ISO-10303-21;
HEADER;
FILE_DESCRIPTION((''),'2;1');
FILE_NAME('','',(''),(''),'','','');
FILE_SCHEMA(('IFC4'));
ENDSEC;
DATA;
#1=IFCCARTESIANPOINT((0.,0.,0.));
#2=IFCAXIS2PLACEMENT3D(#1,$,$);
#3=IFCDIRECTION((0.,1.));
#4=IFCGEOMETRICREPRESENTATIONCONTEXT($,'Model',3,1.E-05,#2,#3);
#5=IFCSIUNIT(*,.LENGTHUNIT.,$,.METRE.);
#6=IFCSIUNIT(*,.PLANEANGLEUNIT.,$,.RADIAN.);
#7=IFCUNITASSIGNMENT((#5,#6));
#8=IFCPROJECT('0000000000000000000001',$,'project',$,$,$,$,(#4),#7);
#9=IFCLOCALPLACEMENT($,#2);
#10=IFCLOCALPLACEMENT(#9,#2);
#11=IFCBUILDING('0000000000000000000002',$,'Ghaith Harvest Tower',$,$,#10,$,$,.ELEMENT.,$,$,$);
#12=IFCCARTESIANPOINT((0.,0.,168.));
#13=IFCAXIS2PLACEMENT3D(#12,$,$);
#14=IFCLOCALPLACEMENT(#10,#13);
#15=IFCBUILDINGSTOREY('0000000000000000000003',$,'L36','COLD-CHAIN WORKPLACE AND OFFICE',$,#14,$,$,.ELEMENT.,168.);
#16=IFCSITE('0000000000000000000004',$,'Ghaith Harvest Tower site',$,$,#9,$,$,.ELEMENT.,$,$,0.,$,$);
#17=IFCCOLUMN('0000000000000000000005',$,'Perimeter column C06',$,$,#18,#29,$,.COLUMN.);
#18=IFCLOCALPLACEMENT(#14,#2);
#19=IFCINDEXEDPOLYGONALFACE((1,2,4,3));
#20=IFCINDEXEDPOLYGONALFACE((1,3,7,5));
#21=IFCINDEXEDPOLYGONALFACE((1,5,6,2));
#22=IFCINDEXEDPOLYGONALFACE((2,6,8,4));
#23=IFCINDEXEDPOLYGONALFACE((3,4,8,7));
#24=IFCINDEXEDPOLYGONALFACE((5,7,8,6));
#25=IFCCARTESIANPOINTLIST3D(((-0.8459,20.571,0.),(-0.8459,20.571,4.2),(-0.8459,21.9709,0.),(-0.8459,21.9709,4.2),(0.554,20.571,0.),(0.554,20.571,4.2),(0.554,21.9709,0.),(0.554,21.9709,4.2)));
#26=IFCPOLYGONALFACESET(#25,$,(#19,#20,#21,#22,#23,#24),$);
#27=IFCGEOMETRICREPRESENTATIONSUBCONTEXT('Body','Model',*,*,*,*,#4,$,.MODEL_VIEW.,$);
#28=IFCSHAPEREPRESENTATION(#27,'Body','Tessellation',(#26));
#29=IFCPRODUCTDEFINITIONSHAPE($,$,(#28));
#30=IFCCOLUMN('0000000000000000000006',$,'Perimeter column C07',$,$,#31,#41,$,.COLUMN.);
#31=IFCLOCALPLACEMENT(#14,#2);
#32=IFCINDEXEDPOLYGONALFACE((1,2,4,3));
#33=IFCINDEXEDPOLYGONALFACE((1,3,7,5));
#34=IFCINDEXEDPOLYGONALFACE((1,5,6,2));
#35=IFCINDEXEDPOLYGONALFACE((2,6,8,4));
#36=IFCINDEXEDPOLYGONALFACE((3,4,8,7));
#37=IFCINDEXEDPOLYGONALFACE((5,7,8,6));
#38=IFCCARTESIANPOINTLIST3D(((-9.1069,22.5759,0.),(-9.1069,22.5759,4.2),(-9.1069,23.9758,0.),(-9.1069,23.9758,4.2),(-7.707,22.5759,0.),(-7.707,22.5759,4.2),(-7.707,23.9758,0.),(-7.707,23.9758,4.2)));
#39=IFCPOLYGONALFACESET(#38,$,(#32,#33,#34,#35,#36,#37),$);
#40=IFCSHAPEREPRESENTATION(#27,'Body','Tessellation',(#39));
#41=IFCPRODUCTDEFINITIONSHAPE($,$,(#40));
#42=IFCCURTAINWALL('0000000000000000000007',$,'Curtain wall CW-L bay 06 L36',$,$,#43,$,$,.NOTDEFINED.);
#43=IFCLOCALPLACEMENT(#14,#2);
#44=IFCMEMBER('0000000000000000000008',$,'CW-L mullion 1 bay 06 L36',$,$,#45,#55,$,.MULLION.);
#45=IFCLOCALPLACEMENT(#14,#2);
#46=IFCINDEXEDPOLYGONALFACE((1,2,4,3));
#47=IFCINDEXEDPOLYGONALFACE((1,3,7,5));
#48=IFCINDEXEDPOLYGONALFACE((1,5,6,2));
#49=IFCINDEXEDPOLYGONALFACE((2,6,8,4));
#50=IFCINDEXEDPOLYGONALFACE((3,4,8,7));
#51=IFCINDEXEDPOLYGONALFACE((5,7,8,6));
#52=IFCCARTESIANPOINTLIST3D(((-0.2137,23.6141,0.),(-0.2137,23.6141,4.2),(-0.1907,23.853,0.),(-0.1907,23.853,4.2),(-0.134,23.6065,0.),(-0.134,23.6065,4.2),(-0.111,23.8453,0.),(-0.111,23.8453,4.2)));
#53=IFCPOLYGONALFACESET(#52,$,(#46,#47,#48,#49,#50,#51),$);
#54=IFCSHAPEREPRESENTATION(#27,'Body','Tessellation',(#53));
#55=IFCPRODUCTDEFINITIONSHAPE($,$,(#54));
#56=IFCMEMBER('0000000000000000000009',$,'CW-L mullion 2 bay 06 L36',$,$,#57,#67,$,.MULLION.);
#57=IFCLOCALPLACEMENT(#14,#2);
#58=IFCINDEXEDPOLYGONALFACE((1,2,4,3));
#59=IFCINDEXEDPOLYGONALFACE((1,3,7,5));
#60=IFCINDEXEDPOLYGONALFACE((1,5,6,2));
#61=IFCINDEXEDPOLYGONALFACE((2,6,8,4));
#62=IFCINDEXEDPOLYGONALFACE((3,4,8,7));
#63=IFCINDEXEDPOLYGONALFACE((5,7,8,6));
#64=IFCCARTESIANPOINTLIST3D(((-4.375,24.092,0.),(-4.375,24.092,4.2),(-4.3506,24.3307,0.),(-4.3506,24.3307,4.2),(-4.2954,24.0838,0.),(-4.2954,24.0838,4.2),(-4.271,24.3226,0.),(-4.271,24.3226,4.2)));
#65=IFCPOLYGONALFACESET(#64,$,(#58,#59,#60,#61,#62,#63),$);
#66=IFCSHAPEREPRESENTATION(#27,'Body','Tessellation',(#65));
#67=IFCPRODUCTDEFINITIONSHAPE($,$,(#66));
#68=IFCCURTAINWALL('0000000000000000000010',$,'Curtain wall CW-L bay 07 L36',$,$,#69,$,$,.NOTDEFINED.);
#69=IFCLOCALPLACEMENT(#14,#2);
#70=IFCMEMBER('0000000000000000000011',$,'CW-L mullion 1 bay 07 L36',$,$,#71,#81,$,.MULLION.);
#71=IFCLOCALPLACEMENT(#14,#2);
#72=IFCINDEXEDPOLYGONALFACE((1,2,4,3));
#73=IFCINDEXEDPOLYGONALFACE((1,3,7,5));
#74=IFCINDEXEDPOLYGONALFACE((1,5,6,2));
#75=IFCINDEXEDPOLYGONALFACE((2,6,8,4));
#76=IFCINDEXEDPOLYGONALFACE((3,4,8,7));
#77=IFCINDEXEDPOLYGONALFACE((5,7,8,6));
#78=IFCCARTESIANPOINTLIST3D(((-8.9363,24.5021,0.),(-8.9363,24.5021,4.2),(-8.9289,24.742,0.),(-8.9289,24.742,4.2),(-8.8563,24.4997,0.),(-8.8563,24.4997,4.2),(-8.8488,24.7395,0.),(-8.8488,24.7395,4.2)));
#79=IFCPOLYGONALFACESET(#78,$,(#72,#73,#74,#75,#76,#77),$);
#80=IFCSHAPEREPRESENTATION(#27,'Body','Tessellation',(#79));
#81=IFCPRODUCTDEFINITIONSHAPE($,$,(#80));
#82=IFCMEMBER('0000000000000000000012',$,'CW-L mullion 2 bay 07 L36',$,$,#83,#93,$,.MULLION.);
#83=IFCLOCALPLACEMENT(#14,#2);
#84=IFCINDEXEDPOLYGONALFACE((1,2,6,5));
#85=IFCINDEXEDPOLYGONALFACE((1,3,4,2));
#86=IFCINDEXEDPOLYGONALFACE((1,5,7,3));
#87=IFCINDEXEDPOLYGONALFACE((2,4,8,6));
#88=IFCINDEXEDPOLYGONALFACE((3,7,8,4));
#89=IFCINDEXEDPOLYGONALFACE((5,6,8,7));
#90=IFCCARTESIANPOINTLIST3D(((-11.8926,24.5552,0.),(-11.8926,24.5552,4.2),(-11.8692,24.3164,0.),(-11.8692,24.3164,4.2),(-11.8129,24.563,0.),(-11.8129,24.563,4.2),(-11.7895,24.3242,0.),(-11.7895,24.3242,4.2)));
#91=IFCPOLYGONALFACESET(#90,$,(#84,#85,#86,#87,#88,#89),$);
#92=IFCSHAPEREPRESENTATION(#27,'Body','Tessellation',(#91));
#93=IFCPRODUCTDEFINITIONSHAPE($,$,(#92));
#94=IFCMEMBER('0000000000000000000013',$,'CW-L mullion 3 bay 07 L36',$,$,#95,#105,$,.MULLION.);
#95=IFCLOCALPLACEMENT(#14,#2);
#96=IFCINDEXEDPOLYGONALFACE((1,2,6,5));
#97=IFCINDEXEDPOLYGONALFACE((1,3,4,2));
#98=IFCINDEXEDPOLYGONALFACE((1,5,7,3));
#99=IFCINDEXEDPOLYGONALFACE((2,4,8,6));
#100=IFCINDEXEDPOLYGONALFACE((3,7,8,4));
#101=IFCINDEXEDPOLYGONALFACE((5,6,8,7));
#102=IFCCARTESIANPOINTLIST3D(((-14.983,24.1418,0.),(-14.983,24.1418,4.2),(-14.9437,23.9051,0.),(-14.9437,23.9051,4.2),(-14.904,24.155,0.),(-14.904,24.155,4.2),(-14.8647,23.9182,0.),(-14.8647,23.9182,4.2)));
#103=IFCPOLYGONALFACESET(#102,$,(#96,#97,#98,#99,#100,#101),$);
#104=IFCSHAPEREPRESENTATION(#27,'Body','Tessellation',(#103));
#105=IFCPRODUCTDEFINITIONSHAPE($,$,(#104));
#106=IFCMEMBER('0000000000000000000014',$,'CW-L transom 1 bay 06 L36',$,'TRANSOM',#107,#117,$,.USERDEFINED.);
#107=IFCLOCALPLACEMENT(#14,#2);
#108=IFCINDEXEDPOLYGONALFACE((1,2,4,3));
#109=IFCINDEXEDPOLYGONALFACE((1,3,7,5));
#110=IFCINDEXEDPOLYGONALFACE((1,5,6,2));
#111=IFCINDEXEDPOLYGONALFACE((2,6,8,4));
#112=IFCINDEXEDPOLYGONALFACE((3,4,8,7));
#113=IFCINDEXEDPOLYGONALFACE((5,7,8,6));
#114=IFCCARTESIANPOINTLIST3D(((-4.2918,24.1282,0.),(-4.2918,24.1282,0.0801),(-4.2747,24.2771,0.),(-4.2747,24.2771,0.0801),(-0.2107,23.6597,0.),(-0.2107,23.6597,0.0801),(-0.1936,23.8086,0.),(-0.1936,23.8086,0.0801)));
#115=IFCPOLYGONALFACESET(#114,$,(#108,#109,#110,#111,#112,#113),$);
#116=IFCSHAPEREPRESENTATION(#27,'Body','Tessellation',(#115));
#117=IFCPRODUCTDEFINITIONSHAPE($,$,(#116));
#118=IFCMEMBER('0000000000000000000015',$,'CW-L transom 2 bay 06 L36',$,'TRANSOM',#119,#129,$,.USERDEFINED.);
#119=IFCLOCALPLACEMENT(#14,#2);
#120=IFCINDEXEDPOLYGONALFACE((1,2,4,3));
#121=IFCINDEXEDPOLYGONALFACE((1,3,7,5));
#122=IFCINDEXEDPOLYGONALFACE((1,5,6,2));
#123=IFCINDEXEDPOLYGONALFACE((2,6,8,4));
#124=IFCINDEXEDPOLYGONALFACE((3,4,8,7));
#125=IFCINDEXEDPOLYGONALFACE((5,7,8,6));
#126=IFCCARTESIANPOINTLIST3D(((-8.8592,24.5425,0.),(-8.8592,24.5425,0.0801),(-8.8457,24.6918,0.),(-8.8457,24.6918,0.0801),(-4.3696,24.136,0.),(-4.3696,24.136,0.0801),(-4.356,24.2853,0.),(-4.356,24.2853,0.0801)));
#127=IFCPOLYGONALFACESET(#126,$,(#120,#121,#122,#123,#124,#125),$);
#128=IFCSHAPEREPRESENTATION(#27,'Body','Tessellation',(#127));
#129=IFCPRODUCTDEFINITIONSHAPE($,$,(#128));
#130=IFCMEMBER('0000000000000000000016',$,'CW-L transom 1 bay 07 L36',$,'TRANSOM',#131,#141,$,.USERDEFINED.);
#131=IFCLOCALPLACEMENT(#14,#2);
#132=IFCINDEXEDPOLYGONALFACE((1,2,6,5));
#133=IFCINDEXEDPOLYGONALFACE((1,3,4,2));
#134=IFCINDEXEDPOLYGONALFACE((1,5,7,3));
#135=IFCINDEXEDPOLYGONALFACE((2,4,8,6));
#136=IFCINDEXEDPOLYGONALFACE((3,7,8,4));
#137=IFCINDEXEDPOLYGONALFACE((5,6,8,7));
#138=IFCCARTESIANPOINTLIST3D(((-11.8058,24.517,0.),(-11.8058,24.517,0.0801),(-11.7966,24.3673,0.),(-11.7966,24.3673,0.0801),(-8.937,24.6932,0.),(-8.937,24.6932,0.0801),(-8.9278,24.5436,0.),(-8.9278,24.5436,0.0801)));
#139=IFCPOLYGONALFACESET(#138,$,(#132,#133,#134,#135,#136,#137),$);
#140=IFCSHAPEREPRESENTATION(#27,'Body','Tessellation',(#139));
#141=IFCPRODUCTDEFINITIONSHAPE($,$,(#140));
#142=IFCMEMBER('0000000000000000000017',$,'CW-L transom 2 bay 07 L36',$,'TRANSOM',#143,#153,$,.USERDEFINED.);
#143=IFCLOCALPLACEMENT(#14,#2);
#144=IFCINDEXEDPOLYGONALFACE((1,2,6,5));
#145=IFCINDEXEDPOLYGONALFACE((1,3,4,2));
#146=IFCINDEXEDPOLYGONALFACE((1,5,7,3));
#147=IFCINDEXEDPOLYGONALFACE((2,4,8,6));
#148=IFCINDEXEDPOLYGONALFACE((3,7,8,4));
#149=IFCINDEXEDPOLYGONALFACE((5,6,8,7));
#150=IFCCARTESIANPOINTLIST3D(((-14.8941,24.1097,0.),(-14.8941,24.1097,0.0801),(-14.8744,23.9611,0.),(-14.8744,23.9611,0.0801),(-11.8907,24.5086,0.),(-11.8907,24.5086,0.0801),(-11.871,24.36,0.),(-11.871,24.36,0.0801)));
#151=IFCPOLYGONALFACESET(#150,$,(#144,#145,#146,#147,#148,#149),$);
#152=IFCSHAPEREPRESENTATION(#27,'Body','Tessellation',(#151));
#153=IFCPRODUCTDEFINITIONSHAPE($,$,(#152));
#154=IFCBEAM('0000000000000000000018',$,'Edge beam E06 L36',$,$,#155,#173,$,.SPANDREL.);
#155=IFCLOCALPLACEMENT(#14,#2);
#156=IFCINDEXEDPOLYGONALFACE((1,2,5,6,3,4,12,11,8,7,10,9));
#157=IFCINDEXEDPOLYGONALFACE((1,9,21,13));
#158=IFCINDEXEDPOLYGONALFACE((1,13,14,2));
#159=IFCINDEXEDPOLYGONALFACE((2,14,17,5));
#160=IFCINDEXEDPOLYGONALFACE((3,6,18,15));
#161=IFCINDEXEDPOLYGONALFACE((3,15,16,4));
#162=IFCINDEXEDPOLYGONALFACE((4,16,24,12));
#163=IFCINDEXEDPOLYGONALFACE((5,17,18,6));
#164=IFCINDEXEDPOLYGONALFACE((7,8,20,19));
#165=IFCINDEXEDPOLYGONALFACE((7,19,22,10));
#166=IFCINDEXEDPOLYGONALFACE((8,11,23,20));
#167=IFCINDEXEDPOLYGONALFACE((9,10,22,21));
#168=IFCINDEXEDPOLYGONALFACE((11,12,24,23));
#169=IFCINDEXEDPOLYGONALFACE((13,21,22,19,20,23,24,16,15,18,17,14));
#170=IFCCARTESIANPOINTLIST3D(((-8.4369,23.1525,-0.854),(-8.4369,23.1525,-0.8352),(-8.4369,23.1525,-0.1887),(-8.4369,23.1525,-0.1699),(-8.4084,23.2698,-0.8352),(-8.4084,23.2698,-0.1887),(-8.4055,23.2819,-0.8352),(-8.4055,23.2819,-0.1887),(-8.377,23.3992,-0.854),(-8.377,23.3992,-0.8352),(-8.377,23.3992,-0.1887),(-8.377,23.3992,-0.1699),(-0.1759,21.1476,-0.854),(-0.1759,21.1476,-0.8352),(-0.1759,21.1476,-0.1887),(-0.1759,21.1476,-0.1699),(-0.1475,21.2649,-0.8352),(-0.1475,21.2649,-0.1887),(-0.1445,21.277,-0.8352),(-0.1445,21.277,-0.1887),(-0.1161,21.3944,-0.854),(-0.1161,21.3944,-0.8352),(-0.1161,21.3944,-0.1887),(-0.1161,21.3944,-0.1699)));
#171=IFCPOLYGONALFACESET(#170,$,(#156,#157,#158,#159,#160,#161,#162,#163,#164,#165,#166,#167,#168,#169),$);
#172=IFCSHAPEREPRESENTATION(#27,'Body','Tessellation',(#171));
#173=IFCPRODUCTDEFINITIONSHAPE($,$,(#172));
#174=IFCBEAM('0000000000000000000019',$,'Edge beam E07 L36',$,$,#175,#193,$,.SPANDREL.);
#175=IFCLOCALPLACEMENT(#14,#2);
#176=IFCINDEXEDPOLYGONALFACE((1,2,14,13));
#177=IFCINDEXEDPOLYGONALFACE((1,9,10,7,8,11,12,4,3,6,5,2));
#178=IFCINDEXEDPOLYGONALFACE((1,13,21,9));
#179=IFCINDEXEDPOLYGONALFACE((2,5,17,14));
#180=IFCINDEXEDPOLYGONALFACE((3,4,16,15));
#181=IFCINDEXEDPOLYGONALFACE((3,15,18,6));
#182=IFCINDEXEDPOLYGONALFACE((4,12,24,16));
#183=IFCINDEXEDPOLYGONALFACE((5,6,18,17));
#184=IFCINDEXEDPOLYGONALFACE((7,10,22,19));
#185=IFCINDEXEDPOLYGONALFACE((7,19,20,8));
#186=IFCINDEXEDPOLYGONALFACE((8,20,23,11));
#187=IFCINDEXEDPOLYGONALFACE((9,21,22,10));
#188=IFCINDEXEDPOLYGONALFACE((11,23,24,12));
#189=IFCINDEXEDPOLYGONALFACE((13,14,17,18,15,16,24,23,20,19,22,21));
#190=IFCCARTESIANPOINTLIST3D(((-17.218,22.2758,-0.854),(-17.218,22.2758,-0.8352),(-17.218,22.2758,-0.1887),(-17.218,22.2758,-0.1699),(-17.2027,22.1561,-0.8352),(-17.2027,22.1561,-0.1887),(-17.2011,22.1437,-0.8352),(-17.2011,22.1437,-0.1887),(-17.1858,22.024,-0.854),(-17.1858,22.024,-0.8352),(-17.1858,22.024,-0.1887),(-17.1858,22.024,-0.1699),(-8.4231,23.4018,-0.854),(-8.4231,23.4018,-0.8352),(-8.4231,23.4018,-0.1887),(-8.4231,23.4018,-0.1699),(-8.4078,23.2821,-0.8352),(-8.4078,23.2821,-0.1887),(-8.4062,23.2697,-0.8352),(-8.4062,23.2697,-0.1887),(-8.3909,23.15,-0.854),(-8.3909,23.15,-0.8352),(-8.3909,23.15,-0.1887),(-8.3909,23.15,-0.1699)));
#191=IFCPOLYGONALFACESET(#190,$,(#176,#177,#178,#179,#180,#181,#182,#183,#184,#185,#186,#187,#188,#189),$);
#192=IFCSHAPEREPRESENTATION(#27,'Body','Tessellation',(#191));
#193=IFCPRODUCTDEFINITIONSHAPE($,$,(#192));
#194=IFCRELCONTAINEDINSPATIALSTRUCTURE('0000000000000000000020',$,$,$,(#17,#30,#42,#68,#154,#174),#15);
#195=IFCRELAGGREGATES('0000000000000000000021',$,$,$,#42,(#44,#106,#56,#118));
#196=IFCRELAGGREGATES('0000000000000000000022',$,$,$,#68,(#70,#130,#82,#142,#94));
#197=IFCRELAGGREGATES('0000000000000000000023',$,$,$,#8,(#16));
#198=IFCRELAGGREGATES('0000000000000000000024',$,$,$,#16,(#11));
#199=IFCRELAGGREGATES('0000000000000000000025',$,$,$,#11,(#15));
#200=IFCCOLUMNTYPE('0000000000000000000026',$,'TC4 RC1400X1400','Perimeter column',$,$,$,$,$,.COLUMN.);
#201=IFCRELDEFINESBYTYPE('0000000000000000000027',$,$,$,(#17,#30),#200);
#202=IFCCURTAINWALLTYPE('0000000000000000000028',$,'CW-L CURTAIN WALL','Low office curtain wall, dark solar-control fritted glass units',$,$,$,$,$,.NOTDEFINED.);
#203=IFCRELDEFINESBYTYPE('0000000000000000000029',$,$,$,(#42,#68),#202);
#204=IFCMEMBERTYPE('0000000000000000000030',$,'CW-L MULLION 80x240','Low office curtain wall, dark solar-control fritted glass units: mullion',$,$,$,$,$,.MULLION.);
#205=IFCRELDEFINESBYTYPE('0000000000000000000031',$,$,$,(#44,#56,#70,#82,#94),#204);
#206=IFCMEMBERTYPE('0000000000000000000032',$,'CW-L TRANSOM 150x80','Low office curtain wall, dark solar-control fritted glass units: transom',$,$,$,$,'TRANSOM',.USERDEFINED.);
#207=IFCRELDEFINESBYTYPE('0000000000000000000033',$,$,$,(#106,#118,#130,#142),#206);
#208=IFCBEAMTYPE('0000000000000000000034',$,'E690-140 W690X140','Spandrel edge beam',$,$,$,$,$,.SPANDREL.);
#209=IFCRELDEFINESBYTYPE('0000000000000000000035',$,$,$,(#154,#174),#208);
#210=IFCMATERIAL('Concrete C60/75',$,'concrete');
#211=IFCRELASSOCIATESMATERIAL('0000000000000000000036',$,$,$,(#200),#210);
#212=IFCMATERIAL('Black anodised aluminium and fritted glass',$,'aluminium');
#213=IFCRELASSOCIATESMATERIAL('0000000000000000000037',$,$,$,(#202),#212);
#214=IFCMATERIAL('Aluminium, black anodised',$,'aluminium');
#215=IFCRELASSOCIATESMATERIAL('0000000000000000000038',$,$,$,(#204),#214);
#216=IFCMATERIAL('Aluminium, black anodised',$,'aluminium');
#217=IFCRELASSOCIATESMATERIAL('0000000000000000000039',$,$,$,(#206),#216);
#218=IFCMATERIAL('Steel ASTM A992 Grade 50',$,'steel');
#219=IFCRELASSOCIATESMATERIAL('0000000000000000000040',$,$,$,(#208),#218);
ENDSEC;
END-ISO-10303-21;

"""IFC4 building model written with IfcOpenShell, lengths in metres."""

from ifc_helpers import new_model, si_unit, direction, frame, origin, origin_2d, place, context, subcontext, project, spatial, rectangle, i_section, extrude, material, material_profile, profile_set, type_object, element, aggregate, save


model = new_model("IFC4")

# Units and contexts
model_context = context("Model", 3, precision=1e-05, world=origin(), true_north=direction((0.0, 1.0)))
body_context = subcontext(model_context, "Body", "Model", "MODEL_VIEW")
ifc_project = project(units=[si_unit("LENGTHUNIT", "METRE"), si_unit("PLANEANGLEUNIT", "RADIAN")], contexts=[model_context])

# Site, building, storey
site_placement = place(None, origin())
site = spatial("IfcSite", under=ifc_project, at=site_placement, Name="Ghaith Harvest Tower site", CompositionType="ELEMENT", RefElevation=0.0)
building_placement = place(site_placement, origin())
building = spatial("IfcBuilding", under=site, at=building_placement, Name="Ghaith Harvest Tower", CompositionType="ELEMENT")
storey_placement = place(building_placement, frame((0.0, 0.0, 168.0)))
storey = spatial("IfcBuildingStorey", under=building, at=storey_placement, Name="L36", Description="COLD-CHAIN WORKPLACE AND OFFICE", CompositionType="ELEMENT", Elevation=168.0)

# Columns
ifc_material_1 = material(Name="Concrete C60/75", Category="concrete")
ifc_material_profile_1 = material_profile(ifc_material_1, rectangle(XDim=1.3999, YDim=1.3999, at=origin_2d()), Name="RC1400X1400")
ifc_profile_set_1 = profile_set([ifc_material_profile_1], Name="Concrete C60/75")
column_type = type_object("IfcColumnType", Name="TC4 RC1400X1400", Description="Perimeter column", PredefinedType="COLUMN", material=ifc_profile_set_1)
for number, where, z_axis, x_axis, name in (
    (1, (-0.146, 21.271, 0.0), (0.0, 0.0, 1.0), (1.0, 0.0, 0.0), "Perimeter column C06"),
    (2, (-8.407, 23.2759, 0.0), (0.0, 0.0, 1.0), (1.0, 0.0, 0.0), "Perimeter column C07"),
):
    element("IfcColumn", number, at=place(storey_placement, frame(where, z_axis=z_axis, x_axis=x_axis)), inside=storey, type_object=column_type, Name=name, PredefinedType="COLUMN", context=body_context, shape_type="SweptSolid", body=[
        extrude(rectangle(XDim=1.3999, YDim=1.3999, at=origin_2d()), origin(), (0.0, 0.0, 1.0), 4.2),
    ])

# Curtain walls, members
ifc_material_2 = material(Name="Black anodised aluminium and fritted glass", Category="aluminium")
curtain_wall_type = type_object("IfcCurtainWallType", Name="CW-L CURTAIN WALL", Description="Low office curtain wall, dark solar-control fritted glass units", PredefinedType="NOTDEFINED", material=ifc_material_2)
curtain_wall_1_placement = place(storey_placement, origin())
curtain_wall_1 = element("IfcCurtainWall", 3, at=curtain_wall_1_placement, inside=storey, type_object=curtain_wall_type, Name="Curtain wall CW-L bay 06 L36", PredefinedType="NOTDEFINED")
ifc_material_3 = material(Name="Aluminium, black anodised", Category="aluminium")
ifc_material_profile_2 = material_profile(ifc_material_3, rectangle(XDim=0.0801, YDim=0.24, at=origin_2d()), Name="CW-L MULLION 80x240")
ifc_profile_set_2 = profile_set([ifc_material_profile_2], Name="Aluminium, black anodised")
member_type_1 = type_object("IfcMemberType", Name="CW-L MULLION 80x240", Description="Low office curtain wall, dark solar-control fritted glass units: mullion", PredefinedType="MULLION", material=ifc_profile_set_2)
member_1_placement = place(storey_placement, frame((-0.1624, 23.7297, 0.0), z_axis=(0.0, 0.0, 1.0), x_axis=(-0.995388, 0.09593, 0.0)))
member_1 = element("IfcMember", 4, at=member_1_placement, type_object=member_type_1, Name="CW-L mullion 1 bay 06 L36", PredefinedType="MULLION", context=body_context, shape_type="SweptSolid", body=[
    extrude(rectangle(XDim=0.0801, YDim=0.24, at=origin_2d()), origin(), (0.0, 0.0, 1.0), 4.2),
])
member_2_placement = place(storey_placement, frame((-4.323, 24.2073, 0.0), z_axis=(0.0, 0.0, 1.0), x_axis=(-0.99483, 0.101551, 0.0)))
member_2 = element("IfcMember", 5, at=member_2_placement, type_object=member_type_1, Name="CW-L mullion 2 bay 06 L36", PredefinedType="MULLION", context=body_context, shape_type="SweptSolid", body=[
    extrude(rectangle(XDim=0.0801, YDim=0.24, at=origin_2d()), origin(), (0.0, 0.0, 1.0), 4.2),
])
curtain_wall_2_placement = place(storey_placement, origin())
curtain_wall_2 = element("IfcCurtainWall", 6, at=curtain_wall_2_placement, inside=storey, type_object=curtain_wall_type, Name="Curtain wall CW-L bay 07 L36", PredefinedType="NOTDEFINED")
member_3_placement = place(storey_placement, frame((-8.8926, 24.6208, 0.0), z_axis=(0.0, 0.0, 1.0), x_axis=(-0.999522, 0.030909, 0.0)))
member_3 = element("IfcMember", 7, at=member_3_placement, type_object=member_type_1, Name="CW-L mullion 1 bay 07 L36", PredefinedType="MULLION", context=body_context, shape_type="SweptSolid", body=[
    extrude(rectangle(XDim=0.0801, YDim=0.24, at=origin_2d()), origin(), (0.0, 0.0, 1.0), 4.2),
])
member_4_placement = place(storey_placement, frame((-11.8411, 24.4397, 0.0), z_axis=(0.0, 0.0, 1.0), x_axis=(-0.995238, -0.09748, 0.0)))
member_4 = element("IfcMember", 8, at=member_4_placement, type_object=member_type_1, Name="CW-L mullion 2 bay 07 L36", PredefinedType="MULLION", context=body_context, shape_type="SweptSolid", body=[
    extrude(rectangle(XDim=0.0801, YDim=0.24, at=origin_2d()), origin(), (0.0, 0.0, 1.0), 4.2),
])
member_5_placement = place(storey_placement, frame((-14.9238, 24.03, 0.0), z_axis=(0.0, 0.0, 1.0), x_axis=(-0.986495, -0.163794, 0.0)))
member_5 = element("IfcMember", 9, at=member_5_placement, type_object=member_type_1, Name="CW-L mullion 3 bay 07 L36", PredefinedType="MULLION", context=body_context, shape_type="SweptSolid", body=[
    extrude(rectangle(XDim=0.0801, YDim=0.24, at=origin_2d()), origin(), (0.0, 0.0, 1.0), 4.2),
])

# Members
ifc_material_4 = material(Name="Aluminium, black anodised", Category="aluminium")
ifc_material_profile_3 = material_profile(ifc_material_4, rectangle(XDim=0.1499, YDim=0.0801, at=origin_2d()), Name="CW-L TRANSOM 150x80")
ifc_profile_set_3 = profile_set([ifc_material_profile_3], Name="Aluminium, black anodised")
member_type_2 = type_object("IfcMemberType", Name="CW-L TRANSOM 150x80", Description="Low office curtain wall, dark solar-control fritted glass units: transom", ElementType="TRANSOM", PredefinedType="USERDEFINED", material=ifc_profile_set_3)
member_6_placement = place(storey_placement, frame((-0.2021, 23.7341, 0.04), z_axis=(-0.993475, 0.114051, 0.0), x_axis=(-0.114051, -0.993475, 0.0)))
member_6 = element("IfcMember", 10, at=member_6_placement, type_object=member_type_2, Name="CW-L transom 1 bay 06 L36", ObjectType="TRANSOM", PredefinedType="USERDEFINED", context=body_context, shape_type="SweptSolid", body=[
    extrude(rectangle(XDim=0.1499, YDim=0.0801, at=origin_2d()), origin(), (0.0, 0.0, 1.0), 4.1079),
])
member_7_placement = place(storey_placement, frame((-4.3628, 24.2107, 0.04), z_axis=(-0.995926, 0.09017, 0.0), x_axis=(-0.09017, -0.995926, 0.0)))
member_7 = element("IfcMember", 11, at=member_7_placement, type_object=member_type_2, Name="CW-L transom 2 bay 06 L36", ObjectType="TRANSOM", PredefinedType="USERDEFINED", context=body_context, shape_type="SweptSolid", body=[
    extrude(rectangle(XDim=0.1499, YDim=0.0801, at=origin_2d()), origin(), (0.0, 0.0, 1.0), 4.5081),
])
member_8_placement = place(storey_placement, frame((-8.9324, 24.6184, 0.04), z_axis=(-0.998118, -0.061326, 0.0), x_axis=(0.061326, -0.998118, 0.0)))
member_8 = element("IfcMember", 12, at=member_8_placement, type_object=member_type_2, Name="CW-L transom 1 bay 07 L36", ObjectType="TRANSOM", PredefinedType="USERDEFINED", context=body_context, shape_type="SweptSolid", body=[
    extrude(rectangle(XDim=0.1499, YDim=0.0801, at=origin_2d()), origin(), (0.0, 0.0, 1.0), 2.8743),
])
member_9_placement = place(storey_placement, frame((-11.8809, 24.4343, 0.04), z_axis=(-0.991294, -0.131668, 0.0), x_axis=(0.131668, -0.991294, 0.0)))
member_9 = element("IfcMember", 13, at=member_9_placement, type_object=member_type_2, Name="CW-L transom 2 bay 07 L36", ObjectType="TRANSOM", PredefinedType="USERDEFINED", context=body_context, shape_type="SweptSolid", body=[
    extrude(rectangle(XDim=0.1499, YDim=0.0801, at=origin_2d()), origin(), (0.0, 0.0, 1.0), 3.0298),
])

# Beams
ifc_material_5 = material(Name="Steel ASTM A992 Grade 50", Category="steel")
ifc_material_profile_4 = material_profile(ifc_material_5, i_section(OverallWidth=0.2539, OverallDepth=0.6841, WebThickness=0.0125, FlangeThickness=0.0188, at=origin_2d()), Name="W690X140")
ifc_profile_set_4 = profile_set([ifc_material_profile_4], Name="Steel ASTM A992 Grade 50")
beam_type_1 = type_object("IfcBeamType", Name="E690-140 W690X140", Description="Spandrel edge beam", PredefinedType="SPANDREL", material=ifc_profile_set_4)
beam_1_placement = place(storey_placement, frame((-0.146, 21.271, -0.512), z_axis=(-0.97179, 0.235847, 0.0), x_axis=(-0.235847, -0.97179, 0.0)))
element("IfcBeam", 14, at=beam_1_placement, inside=storey, type_object=beam_type_1, Name="Edge beam E06 L36", PredefinedType="SPANDREL", context=body_context, shape_type="SweptSolid", body=[
    extrude(i_section(OverallWidth=0.2539, OverallDepth=0.6841, WebThickness=0.0125, FlangeThickness=0.0188, at=origin_2d()), origin(), (0.0, 0.0, 1.0), 8.5007),
])
beam_2_placement = place(storey_placement, frame((-8.407, 23.2759, -0.512), z_axis=(-0.991904, -0.126989, 0.0), x_axis=(0.126989, -0.991904, 0.0)))
element("IfcBeam", 15, at=beam_2_placement, inside=storey, type_object=beam_type_1, Name="Edge beam E07 L36", PredefinedType="SPANDREL", context=body_context, shape_type="SweptSolid", body=[
    extrude(i_section(OverallWidth=0.2539, OverallDepth=0.6841, WebThickness=0.0125, FlangeThickness=0.0188, at=origin_2d()), origin(), (0.0, 0.0, 1.0), 8.8667),
])

aggregate(curtain_wall_1, [member_1, member_6, member_2, member_7])
aggregate(curtain_wall_2, [member_3, member_8, member_4, member_9, member_5])

save(model, "model.ifc")
